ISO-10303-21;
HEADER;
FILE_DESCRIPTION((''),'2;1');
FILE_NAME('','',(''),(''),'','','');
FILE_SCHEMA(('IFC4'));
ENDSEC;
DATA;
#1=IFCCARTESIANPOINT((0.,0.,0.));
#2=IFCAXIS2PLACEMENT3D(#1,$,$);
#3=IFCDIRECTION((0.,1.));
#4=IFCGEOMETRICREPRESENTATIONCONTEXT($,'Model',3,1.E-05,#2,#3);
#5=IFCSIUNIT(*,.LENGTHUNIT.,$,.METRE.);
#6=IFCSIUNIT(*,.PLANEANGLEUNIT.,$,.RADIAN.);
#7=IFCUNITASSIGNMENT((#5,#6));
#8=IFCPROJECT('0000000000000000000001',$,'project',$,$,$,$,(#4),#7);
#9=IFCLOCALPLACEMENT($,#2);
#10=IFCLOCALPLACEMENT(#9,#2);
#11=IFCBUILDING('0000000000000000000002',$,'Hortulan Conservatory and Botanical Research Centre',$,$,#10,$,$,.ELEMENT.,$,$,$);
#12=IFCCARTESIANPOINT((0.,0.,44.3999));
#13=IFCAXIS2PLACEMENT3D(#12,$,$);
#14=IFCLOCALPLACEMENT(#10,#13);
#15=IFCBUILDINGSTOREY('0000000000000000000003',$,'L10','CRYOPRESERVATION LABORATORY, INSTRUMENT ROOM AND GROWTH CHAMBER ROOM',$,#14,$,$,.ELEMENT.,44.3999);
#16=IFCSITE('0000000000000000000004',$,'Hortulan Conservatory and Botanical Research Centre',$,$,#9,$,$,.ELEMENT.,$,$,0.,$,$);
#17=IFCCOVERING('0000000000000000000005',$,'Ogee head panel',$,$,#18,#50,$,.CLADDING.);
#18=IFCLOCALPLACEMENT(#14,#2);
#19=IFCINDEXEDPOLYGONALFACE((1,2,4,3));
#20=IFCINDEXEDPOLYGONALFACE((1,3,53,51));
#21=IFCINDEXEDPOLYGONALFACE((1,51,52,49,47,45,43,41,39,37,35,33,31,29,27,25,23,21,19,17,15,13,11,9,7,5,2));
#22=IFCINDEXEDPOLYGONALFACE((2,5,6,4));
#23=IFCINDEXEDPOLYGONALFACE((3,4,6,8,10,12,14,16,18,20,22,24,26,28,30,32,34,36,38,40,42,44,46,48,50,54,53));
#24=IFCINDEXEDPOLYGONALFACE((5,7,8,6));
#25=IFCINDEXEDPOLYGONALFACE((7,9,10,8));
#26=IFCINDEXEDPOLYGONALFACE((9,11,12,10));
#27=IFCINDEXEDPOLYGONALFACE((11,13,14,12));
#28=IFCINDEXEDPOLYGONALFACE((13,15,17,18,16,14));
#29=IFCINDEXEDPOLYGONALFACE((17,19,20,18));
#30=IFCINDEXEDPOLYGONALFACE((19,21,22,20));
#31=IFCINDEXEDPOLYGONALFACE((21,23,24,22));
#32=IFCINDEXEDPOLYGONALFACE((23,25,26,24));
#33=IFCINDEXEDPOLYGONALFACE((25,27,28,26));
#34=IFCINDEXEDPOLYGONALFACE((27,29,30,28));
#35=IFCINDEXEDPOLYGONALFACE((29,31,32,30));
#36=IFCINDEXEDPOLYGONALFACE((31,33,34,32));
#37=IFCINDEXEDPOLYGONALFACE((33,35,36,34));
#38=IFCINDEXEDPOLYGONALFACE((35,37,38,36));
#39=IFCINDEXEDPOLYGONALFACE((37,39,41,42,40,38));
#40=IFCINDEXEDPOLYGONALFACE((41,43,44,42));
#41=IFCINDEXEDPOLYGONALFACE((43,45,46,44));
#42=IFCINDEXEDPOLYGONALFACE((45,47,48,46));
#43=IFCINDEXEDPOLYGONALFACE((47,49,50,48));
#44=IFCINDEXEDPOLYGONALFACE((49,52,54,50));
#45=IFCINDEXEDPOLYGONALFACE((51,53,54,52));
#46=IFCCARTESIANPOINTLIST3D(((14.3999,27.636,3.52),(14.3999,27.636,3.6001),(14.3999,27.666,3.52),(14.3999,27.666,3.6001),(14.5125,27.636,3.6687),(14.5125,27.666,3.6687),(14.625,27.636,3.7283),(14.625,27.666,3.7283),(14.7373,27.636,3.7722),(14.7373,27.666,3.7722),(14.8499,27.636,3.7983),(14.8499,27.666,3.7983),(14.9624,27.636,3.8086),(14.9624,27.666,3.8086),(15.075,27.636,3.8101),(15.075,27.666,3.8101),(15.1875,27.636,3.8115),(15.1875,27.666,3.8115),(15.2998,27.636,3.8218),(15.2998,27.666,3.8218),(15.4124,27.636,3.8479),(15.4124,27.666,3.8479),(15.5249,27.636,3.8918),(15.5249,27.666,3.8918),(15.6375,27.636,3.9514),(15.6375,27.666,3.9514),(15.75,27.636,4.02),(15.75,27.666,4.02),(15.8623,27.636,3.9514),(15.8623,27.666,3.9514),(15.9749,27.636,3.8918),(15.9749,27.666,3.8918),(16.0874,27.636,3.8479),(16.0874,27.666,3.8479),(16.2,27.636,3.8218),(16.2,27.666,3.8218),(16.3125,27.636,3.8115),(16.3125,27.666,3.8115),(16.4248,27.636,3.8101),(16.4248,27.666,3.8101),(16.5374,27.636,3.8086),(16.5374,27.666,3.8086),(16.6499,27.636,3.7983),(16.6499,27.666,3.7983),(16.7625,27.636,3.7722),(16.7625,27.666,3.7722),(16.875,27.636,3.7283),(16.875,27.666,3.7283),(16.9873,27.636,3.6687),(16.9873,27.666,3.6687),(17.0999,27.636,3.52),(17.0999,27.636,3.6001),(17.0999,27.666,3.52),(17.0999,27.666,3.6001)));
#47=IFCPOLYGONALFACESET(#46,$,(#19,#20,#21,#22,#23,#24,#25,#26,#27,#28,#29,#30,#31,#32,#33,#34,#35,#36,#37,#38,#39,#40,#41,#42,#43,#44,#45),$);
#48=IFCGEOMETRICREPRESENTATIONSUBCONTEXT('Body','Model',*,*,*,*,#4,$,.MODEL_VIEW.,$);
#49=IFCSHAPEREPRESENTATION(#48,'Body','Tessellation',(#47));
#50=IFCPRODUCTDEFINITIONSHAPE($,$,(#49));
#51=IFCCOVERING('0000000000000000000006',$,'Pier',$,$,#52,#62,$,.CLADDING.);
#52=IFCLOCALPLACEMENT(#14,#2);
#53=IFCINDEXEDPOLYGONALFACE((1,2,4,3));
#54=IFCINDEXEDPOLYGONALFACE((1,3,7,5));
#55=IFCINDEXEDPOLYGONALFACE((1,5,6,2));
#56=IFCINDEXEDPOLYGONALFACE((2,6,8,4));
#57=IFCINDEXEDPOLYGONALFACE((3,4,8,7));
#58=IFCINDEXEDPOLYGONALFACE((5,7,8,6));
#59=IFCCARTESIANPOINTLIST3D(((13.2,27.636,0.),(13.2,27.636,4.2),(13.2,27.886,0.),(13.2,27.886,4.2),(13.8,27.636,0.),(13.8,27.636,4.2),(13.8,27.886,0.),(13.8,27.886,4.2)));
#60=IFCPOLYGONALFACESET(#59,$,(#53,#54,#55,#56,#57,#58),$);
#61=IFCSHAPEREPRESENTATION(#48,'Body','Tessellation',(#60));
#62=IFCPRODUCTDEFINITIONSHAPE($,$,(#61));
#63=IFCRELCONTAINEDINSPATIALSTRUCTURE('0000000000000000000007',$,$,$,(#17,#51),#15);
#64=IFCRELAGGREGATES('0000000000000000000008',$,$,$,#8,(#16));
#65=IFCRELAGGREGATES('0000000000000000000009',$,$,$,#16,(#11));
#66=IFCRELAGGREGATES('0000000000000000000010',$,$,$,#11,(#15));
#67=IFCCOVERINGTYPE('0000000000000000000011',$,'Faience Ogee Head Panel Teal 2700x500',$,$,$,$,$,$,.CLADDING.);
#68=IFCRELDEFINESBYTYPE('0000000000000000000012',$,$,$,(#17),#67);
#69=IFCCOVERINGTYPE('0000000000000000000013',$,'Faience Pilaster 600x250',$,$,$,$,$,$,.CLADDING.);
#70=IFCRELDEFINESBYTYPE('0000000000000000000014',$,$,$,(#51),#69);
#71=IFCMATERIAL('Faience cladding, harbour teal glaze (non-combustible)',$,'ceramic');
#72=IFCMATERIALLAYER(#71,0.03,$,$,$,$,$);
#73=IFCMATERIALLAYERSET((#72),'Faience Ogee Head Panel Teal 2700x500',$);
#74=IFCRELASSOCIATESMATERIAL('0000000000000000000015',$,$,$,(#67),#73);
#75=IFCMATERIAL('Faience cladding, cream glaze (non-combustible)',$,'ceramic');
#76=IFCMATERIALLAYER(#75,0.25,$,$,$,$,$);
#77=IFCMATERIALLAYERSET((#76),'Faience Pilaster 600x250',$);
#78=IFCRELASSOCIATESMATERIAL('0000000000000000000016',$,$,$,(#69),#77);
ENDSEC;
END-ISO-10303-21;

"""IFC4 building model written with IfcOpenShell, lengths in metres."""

from ifc_helpers import new_model, si_unit, direction, frame, origin, origin_2d, place, context, subcontext, project, spatial, polyline, rectangle, outline, extrude, material, layer, layer_set, type_object, element, save


model = new_model("IFC4")

# Units and contexts
model_context = context("Model", 3, precision=1e-05, world=origin(), true_north=direction((0.0, 1.0)))
body_context = subcontext(model_context, "Body", "Model", "MODEL_VIEW")
ifc_project = project(units=[si_unit("LENGTHUNIT", "METRE"), si_unit("PLANEANGLEUNIT", "RADIAN")], contexts=[model_context])

# Site, building, storey
site_placement = place(None, origin())
site = spatial("IfcSite", under=ifc_project, at=site_placement, Name="Hortulan Conservatory and Botanical Research Centre", CompositionType="ELEMENT", RefElevation=0.0)
building_placement = place(site_placement, origin())
building = spatial("IfcBuilding", under=site, at=building_placement, Name="Hortulan Conservatory and Botanical Research Centre", CompositionType="ELEMENT")
storey_placement = place(building_placement, frame((0.0, 0.0, 44.3999)))
storey = spatial("IfcBuildingStorey", under=building, at=storey_placement, Name="L10", Description="CRYOPRESERVATION LABORATORY, INSTRUMENT ROOM AND GROWTH CHAMBER ROOM", CompositionType="ELEMENT", Elevation=44.3999)

# Coverings
ifc_material_1 = material(Name="Faience cladding, harbour teal glaze (non-combustible)", Category="ceramic")
ifc_layer_1 = layer(ifc_material_1, 0.03)
ifc_layer_set_1 = layer_set([ifc_layer_1], Name="Faience Ogee Head Panel Teal 2700x500")
covering_type_1 = type_object("IfcCoveringType", Name="Faience Ogee Head Panel Teal 2700x500", PredefinedType="CLADDING", material=ifc_layer_set_1)
covering_1_placement = place(storey_placement, frame((14.3999, 27.6509, 3.52), z_axis=(0.0, 0.0, 1.0), x_axis=(1.0, 0.0, 0.0)))
element("IfcCovering", 1, at=covering_1_placement, inside=storey, type_object=covering_type_1, Name="Ogee head panel", PredefinedType="CLADDING", context=body_context, shape_type="SweptSolid", body=[
    extrude(outline(polyline([(0.0, 0.0), (2.7, 0.0), (2.7, 0.0801), (2.5874, 0.1487), (2.4751, 0.2083), (2.3625, 0.2522), (2.25, 0.2783), (2.1375, 0.2886), (2.0249, 0.29), (1.9126, 0.2915), (1.8, 0.3018), (1.6875, 0.3279), (1.575, 0.3718), (1.4624, 0.4314), (1.3501, 0.5), (1.2375, 0.4314), (1.125, 0.3718), (1.0125, 0.3279), (0.8999, 0.3018), (0.7876, 0.2915), (0.675, 0.29), (0.5625, 0.2886), (0.45, 0.2783), (0.3374, 0.2522), (0.2251, 0.2083), (0.1125, 0.1487), (0.0, 0.0801), (0.0, 0.0)])), frame((0.0, 0.0151, 0.0), z_axis=(0.0, -1.0, 0.0), x_axis=(1.0, 0.0, 0.0)), (0.0, 0.0, 1.0), 0.03),
])
ifc_material_2 = material(Name="Faience cladding, cream glaze (non-combustible)", Category="ceramic")
ifc_layer_2 = layer(ifc_material_2, 0.25)
ifc_layer_set_2 = layer_set([ifc_layer_2], Name="Faience Pilaster 600x250")
covering_type_2 = type_object("IfcCoveringType", Name="Faience Pilaster 600x250", PredefinedType="CLADDING", material=ifc_layer_set_2)
covering_2_placement = place(storey_placement, frame((13.5, 27.761, 0.0), z_axis=(0.0, 0.0, 1.0), x_axis=(1.0, 0.0, 0.0)))
element("IfcCovering", 2, at=covering_2_placement, inside=storey, type_object=covering_type_2, Name="Pier", PredefinedType="CLADDING", context=body_context, shape_type="SweptSolid", body=[
    extrude(rectangle(XDim=0.6001, YDim=0.25, at=origin_2d()), origin(), (0.0, 0.0, 1.0), 4.2),
])

save(model, "model.ifc")
